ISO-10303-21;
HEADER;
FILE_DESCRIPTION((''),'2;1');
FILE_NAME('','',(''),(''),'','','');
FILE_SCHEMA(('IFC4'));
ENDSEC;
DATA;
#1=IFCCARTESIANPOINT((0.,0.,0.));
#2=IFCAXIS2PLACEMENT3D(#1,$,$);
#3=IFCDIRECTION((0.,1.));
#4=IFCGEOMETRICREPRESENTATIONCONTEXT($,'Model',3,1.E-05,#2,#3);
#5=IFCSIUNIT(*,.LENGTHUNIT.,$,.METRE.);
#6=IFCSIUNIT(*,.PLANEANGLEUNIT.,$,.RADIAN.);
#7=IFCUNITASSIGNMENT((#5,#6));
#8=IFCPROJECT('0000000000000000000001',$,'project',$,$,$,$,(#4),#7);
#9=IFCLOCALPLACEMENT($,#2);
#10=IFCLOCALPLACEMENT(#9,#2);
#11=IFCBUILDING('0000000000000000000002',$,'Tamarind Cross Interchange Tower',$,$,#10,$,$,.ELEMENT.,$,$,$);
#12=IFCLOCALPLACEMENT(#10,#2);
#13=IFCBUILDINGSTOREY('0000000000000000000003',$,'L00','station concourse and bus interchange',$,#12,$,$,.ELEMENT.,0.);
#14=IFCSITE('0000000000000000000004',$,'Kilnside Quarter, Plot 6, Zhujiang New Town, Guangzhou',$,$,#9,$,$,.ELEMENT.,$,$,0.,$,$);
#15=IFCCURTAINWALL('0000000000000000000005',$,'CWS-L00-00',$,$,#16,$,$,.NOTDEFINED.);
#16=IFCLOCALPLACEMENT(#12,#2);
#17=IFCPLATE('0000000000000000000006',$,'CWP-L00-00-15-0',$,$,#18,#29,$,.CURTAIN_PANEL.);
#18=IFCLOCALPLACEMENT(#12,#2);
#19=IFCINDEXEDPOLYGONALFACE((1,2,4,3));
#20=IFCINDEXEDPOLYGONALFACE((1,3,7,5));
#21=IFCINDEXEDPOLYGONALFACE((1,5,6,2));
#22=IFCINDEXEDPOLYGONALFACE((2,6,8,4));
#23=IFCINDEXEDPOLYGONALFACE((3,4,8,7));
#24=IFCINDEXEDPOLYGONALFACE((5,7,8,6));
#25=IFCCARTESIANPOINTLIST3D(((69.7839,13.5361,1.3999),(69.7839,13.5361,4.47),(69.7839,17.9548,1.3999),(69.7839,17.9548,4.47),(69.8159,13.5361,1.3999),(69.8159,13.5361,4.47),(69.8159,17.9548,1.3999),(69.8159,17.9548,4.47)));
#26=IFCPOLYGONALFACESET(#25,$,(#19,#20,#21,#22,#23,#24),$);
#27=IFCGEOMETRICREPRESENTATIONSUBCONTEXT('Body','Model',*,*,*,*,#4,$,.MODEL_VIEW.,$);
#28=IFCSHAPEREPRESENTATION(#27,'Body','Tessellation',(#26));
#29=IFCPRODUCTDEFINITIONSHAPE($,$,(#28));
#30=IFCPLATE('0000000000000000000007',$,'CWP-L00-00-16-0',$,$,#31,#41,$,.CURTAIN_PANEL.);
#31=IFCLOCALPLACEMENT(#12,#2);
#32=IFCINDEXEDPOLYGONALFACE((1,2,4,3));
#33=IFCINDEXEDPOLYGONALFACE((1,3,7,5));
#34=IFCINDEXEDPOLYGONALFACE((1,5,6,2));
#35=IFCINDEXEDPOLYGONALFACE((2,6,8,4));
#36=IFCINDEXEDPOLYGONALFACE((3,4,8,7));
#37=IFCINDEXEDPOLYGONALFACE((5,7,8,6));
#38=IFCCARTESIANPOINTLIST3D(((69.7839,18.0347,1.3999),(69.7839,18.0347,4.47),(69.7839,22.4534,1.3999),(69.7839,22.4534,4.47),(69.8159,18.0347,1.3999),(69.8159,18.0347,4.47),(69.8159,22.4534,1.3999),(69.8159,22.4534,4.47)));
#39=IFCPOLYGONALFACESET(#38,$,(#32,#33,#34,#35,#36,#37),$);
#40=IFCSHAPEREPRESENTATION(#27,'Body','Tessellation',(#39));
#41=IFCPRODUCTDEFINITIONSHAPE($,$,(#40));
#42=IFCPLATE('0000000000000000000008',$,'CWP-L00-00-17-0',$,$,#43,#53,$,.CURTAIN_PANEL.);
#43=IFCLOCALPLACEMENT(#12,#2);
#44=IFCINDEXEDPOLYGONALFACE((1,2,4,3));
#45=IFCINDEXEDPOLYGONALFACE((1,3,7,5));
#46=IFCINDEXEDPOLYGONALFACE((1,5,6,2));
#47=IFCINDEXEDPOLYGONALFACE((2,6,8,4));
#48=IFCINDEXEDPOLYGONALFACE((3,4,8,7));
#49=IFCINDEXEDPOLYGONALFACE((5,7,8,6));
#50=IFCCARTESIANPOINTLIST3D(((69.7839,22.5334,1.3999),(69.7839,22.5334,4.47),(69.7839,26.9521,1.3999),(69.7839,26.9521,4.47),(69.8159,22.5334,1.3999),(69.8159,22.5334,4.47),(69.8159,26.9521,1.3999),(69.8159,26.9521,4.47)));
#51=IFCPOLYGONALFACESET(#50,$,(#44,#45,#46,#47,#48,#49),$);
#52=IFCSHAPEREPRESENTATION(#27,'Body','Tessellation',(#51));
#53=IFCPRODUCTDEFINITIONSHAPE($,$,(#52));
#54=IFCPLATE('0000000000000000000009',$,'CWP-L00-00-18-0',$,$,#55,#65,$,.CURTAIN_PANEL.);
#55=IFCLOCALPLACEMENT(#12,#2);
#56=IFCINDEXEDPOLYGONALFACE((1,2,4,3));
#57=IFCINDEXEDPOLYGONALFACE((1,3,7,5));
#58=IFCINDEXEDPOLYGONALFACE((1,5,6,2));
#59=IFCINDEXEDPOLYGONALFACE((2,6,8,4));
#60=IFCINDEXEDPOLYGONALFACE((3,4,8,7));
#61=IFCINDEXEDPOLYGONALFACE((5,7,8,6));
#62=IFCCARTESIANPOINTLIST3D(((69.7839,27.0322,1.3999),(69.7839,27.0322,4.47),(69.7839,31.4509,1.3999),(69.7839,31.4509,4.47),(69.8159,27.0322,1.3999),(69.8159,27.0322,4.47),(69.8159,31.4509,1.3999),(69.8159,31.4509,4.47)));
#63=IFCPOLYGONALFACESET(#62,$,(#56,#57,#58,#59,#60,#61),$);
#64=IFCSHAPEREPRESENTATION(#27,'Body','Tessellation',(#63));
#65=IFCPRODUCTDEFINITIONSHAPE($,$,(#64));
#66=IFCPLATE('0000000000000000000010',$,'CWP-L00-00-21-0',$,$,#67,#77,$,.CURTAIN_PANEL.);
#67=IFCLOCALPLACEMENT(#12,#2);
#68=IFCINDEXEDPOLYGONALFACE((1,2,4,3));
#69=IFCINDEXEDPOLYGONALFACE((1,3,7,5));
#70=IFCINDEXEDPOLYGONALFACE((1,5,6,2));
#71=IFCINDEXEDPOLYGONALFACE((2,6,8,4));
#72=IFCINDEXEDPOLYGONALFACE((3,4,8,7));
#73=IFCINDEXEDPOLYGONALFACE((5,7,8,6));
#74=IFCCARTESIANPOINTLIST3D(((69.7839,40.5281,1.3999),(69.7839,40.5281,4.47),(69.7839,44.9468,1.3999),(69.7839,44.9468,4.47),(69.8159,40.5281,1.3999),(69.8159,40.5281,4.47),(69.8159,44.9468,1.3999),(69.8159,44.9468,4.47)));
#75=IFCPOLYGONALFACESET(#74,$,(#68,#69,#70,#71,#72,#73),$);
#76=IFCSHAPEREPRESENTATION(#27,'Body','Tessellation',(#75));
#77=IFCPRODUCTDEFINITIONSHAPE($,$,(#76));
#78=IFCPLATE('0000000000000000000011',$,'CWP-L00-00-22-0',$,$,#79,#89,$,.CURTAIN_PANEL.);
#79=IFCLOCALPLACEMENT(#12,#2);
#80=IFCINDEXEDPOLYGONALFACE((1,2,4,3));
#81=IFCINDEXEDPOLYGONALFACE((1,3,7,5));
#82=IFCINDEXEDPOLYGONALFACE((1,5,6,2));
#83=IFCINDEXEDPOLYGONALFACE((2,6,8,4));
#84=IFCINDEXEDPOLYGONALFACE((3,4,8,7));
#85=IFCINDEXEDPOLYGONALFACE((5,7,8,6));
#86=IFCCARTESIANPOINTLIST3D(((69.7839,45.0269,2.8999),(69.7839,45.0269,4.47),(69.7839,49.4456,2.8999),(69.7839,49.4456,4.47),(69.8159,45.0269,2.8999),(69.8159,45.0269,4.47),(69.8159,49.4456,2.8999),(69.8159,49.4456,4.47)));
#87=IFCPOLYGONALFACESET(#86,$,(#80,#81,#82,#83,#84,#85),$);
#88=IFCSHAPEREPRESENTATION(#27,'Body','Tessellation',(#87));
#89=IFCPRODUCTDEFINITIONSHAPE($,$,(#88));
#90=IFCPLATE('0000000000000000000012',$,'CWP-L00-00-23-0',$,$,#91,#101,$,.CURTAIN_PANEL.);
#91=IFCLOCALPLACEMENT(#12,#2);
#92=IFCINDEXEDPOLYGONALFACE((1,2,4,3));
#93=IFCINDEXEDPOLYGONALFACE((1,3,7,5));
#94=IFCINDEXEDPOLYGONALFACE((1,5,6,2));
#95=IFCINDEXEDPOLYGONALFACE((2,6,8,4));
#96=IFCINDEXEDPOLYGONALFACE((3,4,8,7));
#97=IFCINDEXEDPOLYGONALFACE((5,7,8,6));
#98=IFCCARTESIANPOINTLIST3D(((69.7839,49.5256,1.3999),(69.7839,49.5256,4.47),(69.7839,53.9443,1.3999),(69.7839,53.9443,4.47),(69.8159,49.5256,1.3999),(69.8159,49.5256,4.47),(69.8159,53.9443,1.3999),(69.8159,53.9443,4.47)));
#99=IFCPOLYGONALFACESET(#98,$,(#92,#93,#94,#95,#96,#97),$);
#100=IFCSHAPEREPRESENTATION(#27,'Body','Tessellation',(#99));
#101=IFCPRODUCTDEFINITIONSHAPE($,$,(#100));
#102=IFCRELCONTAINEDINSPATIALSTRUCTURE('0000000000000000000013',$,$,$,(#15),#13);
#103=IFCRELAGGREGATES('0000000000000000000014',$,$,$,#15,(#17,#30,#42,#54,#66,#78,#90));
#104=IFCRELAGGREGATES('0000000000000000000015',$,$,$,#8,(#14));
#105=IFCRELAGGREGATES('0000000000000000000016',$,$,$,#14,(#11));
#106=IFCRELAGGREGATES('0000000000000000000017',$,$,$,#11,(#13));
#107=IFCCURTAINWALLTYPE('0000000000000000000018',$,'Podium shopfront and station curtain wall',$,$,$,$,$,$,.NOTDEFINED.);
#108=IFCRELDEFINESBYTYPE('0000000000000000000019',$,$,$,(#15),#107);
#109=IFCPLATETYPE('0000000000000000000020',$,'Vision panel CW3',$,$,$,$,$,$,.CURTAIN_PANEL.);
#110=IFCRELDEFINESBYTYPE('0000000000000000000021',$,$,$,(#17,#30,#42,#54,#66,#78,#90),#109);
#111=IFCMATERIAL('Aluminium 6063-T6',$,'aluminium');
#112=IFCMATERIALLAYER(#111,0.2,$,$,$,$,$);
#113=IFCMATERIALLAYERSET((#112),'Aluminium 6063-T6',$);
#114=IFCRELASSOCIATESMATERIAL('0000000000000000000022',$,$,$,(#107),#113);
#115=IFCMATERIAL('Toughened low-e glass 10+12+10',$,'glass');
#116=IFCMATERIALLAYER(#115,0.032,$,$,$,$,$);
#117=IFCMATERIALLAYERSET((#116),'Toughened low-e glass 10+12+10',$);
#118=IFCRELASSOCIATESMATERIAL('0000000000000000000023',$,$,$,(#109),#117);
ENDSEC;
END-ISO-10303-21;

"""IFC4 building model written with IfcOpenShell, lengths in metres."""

from ifc_helpers import new_model, si_unit, direction, frame, origin, place, context, subcontext, project, spatial, polyline, outline, extrude, material, layer, layer_set, type_object, element, aggregate, save


model = new_model("IFC4")

# Units and contexts
model_context = context("Model", 3, precision=1e-05, world=origin(), true_north=direction((0.0, 1.0)))
body_context = subcontext(model_context, "Body", "Model", "MODEL_VIEW")
ifc_project = project(units=[si_unit("LENGTHUNIT", "METRE"), si_unit("PLANEANGLEUNIT", "RADIAN")], contexts=[model_context])

# Site, building, storey
site_placement = place(None, origin())
site = spatial("IfcSite", under=ifc_project, at=site_placement, Name="Kilnside Quarter, Plot 6, Zhujiang New Town, Guangzhou", CompositionType="ELEMENT", RefElevation=0.0)
building_placement = place(site_placement, origin())
building = spatial("IfcBuilding", under=site, at=building_placement, Name="Tamarind Cross Interchange Tower", CompositionType="ELEMENT")
storey_placement = place(building_placement, origin())
storey = spatial("IfcBuildingStorey", under=building, at=storey_placement, Name="L00", Description="station concourse and bus interchange", CompositionType="ELEMENT", Elevation=0.0)

# Curtain wall
ifc_material_1 = material(Name="Aluminium 6063-T6", Category="aluminium")
ifc_layer_1 = layer(ifc_material_1, 0.2)
ifc_layer_set_1 = layer_set([ifc_layer_1], Name="Aluminium 6063-T6")
curtain_wall_type = type_object("IfcCurtainWallType", Name="Podium shopfront and station curtain wall", PredefinedType="NOTDEFINED", material=ifc_layer_set_1)
curtain_wall_placement = place(storey_placement, origin())
curtain_wall = element("IfcCurtainWall", 1, at=curtain_wall_placement, inside=storey, type_object=curtain_wall_type, Name="CWS-L00-00", PredefinedType="NOTDEFINED")

# Plates
ifc_material_2 = material(Name="Toughened low-e glass 10+12+10", Category="glass")
ifc_layer_2 = layer(ifc_material_2, 0.032)
ifc_layer_set_2 = layer_set([ifc_layer_2], Name="Toughened low-e glass 10+12+10")
plate_type = type_object("IfcPlateType", Name="Vision panel CW3", PredefinedType="CURTAIN_PANEL", material=ifc_layer_set_2)
plate_1_placement = place(storey_placement, frame((0.0, 0.0, 1.3999)))
plate_1 = element("IfcPlate", 2, at=plate_1_placement, type_object=plate_type, Name="CWP-L00-00-15-0", PredefinedType="CURTAIN_PANEL", context=body_context, shape_type="SweptSolid", body=[
    extrude(outline(polyline([(69.7839, 13.5361), (69.7839, 17.9548), (69.8159, 17.9548), (69.8159, 13.5361), (69.7839, 13.5361)])), origin(), (0.0, 0.0, 1.0), 3.0701),
])
plate_2_placement = place(storey_placement, frame((0.0, 0.0, 1.3999)))
plate_2 = element("IfcPlate", 3, at=plate_2_placement, type_object=plate_type, Name="CWP-L00-00-16-0", PredefinedType="CURTAIN_PANEL", context=body_context, shape_type="SweptSolid", body=[
    extrude(outline(polyline([(69.7839, 18.0347), (69.7839, 22.4534), (69.8159, 22.4534), (69.8159, 18.0347), (69.7839, 18.0347)])), origin(), (0.0, 0.0, 1.0), 3.0701),
])
plate_3_placement = place(storey_placement, frame((0.0, 0.0, 1.3999)))
plate_3 = element("IfcPlate", 4, at=plate_3_placement, type_object=plate_type, Name="CWP-L00-00-17-0", PredefinedType="CURTAIN_PANEL", context=body_context, shape_type="SweptSolid", body=[
    extrude(outline(polyline([(69.7839, 22.5334), (69.7839, 26.9521), (69.8159, 26.9521), (69.8159, 22.5334), (69.7839, 22.5334)])), origin(), (0.0, 0.0, 1.0), 3.0701),
])
plate_4_placement = place(storey_placement, frame((0.0, 0.0, 1.3999)))
plate_4 = element("IfcPlate", 5, at=plate_4_placement, type_object=plate_type, Name="CWP-L00-00-18-0", PredefinedType="CURTAIN_PANEL", context=body_context, shape_type="SweptSolid", body=[
    extrude(outline(polyline([(69.7839, 27.0322), (69.7839, 31.4509), (69.8159, 31.4509), (69.8159, 27.0322), (69.7839, 27.0322)])), origin(), (0.0, 0.0, 1.0), 3.0701),
])
plate_5_placement = place(storey_placement, frame((0.0, 0.0, 1.3999)))
plate_5 = element("IfcPlate", 6, at=plate_5_placement, type_object=plate_type, Name="CWP-L00-00-21-0", PredefinedType="CURTAIN_PANEL", context=body_context, shape_type="SweptSolid", body=[
    extrude(outline(polyline([(69.7839, 40.5281), (69.7839, 44.9468), (69.8159, 44.9468), (69.8159, 40.5281), (69.7839, 40.5281)])), origin(), (0.0, 0.0, 1.0), 3.0701),
])
plate_6_placement = place(storey_placement, frame((0.0, 0.0, 2.8999)))
plate_6 = element("IfcPlate", 7, at=plate_6_placement, type_object=plate_type, Name="CWP-L00-00-22-0", PredefinedType="CURTAIN_PANEL", context=body_context, shape_type="SweptSolid", body=[
    extrude(outline(polyline([(69.7839, 45.0269), (69.7839, 49.4456), (69.8159, 49.4456), (69.8159, 45.0269), (69.7839, 45.0269)])), origin(), (0.0, 0.0, 1.0), 1.5701),
])
plate_7_placement = place(storey_placement, frame((0.0, 0.0, 1.3999)))
plate_7 = element("IfcPlate", 8, at=plate_7_placement, type_object=plate_type, Name="CWP-L00-00-23-0", PredefinedType="CURTAIN_PANEL", context=body_context, shape_type="SweptSolid", body=[
    extrude(outline(polyline([(69.7839, 49.5256), (69.7839, 53.9443), (69.8159, 53.9443), (69.8159, 49.5256), (69.7839, 49.5256)])), origin(), (0.0, 0.0, 1.0), 3.0701),
])
aggregate(curtain_wall, [plate_1, plate_2, plate_3, plate_4, plate_5, plate_6, plate_7])

save(model, "model.ifc")
